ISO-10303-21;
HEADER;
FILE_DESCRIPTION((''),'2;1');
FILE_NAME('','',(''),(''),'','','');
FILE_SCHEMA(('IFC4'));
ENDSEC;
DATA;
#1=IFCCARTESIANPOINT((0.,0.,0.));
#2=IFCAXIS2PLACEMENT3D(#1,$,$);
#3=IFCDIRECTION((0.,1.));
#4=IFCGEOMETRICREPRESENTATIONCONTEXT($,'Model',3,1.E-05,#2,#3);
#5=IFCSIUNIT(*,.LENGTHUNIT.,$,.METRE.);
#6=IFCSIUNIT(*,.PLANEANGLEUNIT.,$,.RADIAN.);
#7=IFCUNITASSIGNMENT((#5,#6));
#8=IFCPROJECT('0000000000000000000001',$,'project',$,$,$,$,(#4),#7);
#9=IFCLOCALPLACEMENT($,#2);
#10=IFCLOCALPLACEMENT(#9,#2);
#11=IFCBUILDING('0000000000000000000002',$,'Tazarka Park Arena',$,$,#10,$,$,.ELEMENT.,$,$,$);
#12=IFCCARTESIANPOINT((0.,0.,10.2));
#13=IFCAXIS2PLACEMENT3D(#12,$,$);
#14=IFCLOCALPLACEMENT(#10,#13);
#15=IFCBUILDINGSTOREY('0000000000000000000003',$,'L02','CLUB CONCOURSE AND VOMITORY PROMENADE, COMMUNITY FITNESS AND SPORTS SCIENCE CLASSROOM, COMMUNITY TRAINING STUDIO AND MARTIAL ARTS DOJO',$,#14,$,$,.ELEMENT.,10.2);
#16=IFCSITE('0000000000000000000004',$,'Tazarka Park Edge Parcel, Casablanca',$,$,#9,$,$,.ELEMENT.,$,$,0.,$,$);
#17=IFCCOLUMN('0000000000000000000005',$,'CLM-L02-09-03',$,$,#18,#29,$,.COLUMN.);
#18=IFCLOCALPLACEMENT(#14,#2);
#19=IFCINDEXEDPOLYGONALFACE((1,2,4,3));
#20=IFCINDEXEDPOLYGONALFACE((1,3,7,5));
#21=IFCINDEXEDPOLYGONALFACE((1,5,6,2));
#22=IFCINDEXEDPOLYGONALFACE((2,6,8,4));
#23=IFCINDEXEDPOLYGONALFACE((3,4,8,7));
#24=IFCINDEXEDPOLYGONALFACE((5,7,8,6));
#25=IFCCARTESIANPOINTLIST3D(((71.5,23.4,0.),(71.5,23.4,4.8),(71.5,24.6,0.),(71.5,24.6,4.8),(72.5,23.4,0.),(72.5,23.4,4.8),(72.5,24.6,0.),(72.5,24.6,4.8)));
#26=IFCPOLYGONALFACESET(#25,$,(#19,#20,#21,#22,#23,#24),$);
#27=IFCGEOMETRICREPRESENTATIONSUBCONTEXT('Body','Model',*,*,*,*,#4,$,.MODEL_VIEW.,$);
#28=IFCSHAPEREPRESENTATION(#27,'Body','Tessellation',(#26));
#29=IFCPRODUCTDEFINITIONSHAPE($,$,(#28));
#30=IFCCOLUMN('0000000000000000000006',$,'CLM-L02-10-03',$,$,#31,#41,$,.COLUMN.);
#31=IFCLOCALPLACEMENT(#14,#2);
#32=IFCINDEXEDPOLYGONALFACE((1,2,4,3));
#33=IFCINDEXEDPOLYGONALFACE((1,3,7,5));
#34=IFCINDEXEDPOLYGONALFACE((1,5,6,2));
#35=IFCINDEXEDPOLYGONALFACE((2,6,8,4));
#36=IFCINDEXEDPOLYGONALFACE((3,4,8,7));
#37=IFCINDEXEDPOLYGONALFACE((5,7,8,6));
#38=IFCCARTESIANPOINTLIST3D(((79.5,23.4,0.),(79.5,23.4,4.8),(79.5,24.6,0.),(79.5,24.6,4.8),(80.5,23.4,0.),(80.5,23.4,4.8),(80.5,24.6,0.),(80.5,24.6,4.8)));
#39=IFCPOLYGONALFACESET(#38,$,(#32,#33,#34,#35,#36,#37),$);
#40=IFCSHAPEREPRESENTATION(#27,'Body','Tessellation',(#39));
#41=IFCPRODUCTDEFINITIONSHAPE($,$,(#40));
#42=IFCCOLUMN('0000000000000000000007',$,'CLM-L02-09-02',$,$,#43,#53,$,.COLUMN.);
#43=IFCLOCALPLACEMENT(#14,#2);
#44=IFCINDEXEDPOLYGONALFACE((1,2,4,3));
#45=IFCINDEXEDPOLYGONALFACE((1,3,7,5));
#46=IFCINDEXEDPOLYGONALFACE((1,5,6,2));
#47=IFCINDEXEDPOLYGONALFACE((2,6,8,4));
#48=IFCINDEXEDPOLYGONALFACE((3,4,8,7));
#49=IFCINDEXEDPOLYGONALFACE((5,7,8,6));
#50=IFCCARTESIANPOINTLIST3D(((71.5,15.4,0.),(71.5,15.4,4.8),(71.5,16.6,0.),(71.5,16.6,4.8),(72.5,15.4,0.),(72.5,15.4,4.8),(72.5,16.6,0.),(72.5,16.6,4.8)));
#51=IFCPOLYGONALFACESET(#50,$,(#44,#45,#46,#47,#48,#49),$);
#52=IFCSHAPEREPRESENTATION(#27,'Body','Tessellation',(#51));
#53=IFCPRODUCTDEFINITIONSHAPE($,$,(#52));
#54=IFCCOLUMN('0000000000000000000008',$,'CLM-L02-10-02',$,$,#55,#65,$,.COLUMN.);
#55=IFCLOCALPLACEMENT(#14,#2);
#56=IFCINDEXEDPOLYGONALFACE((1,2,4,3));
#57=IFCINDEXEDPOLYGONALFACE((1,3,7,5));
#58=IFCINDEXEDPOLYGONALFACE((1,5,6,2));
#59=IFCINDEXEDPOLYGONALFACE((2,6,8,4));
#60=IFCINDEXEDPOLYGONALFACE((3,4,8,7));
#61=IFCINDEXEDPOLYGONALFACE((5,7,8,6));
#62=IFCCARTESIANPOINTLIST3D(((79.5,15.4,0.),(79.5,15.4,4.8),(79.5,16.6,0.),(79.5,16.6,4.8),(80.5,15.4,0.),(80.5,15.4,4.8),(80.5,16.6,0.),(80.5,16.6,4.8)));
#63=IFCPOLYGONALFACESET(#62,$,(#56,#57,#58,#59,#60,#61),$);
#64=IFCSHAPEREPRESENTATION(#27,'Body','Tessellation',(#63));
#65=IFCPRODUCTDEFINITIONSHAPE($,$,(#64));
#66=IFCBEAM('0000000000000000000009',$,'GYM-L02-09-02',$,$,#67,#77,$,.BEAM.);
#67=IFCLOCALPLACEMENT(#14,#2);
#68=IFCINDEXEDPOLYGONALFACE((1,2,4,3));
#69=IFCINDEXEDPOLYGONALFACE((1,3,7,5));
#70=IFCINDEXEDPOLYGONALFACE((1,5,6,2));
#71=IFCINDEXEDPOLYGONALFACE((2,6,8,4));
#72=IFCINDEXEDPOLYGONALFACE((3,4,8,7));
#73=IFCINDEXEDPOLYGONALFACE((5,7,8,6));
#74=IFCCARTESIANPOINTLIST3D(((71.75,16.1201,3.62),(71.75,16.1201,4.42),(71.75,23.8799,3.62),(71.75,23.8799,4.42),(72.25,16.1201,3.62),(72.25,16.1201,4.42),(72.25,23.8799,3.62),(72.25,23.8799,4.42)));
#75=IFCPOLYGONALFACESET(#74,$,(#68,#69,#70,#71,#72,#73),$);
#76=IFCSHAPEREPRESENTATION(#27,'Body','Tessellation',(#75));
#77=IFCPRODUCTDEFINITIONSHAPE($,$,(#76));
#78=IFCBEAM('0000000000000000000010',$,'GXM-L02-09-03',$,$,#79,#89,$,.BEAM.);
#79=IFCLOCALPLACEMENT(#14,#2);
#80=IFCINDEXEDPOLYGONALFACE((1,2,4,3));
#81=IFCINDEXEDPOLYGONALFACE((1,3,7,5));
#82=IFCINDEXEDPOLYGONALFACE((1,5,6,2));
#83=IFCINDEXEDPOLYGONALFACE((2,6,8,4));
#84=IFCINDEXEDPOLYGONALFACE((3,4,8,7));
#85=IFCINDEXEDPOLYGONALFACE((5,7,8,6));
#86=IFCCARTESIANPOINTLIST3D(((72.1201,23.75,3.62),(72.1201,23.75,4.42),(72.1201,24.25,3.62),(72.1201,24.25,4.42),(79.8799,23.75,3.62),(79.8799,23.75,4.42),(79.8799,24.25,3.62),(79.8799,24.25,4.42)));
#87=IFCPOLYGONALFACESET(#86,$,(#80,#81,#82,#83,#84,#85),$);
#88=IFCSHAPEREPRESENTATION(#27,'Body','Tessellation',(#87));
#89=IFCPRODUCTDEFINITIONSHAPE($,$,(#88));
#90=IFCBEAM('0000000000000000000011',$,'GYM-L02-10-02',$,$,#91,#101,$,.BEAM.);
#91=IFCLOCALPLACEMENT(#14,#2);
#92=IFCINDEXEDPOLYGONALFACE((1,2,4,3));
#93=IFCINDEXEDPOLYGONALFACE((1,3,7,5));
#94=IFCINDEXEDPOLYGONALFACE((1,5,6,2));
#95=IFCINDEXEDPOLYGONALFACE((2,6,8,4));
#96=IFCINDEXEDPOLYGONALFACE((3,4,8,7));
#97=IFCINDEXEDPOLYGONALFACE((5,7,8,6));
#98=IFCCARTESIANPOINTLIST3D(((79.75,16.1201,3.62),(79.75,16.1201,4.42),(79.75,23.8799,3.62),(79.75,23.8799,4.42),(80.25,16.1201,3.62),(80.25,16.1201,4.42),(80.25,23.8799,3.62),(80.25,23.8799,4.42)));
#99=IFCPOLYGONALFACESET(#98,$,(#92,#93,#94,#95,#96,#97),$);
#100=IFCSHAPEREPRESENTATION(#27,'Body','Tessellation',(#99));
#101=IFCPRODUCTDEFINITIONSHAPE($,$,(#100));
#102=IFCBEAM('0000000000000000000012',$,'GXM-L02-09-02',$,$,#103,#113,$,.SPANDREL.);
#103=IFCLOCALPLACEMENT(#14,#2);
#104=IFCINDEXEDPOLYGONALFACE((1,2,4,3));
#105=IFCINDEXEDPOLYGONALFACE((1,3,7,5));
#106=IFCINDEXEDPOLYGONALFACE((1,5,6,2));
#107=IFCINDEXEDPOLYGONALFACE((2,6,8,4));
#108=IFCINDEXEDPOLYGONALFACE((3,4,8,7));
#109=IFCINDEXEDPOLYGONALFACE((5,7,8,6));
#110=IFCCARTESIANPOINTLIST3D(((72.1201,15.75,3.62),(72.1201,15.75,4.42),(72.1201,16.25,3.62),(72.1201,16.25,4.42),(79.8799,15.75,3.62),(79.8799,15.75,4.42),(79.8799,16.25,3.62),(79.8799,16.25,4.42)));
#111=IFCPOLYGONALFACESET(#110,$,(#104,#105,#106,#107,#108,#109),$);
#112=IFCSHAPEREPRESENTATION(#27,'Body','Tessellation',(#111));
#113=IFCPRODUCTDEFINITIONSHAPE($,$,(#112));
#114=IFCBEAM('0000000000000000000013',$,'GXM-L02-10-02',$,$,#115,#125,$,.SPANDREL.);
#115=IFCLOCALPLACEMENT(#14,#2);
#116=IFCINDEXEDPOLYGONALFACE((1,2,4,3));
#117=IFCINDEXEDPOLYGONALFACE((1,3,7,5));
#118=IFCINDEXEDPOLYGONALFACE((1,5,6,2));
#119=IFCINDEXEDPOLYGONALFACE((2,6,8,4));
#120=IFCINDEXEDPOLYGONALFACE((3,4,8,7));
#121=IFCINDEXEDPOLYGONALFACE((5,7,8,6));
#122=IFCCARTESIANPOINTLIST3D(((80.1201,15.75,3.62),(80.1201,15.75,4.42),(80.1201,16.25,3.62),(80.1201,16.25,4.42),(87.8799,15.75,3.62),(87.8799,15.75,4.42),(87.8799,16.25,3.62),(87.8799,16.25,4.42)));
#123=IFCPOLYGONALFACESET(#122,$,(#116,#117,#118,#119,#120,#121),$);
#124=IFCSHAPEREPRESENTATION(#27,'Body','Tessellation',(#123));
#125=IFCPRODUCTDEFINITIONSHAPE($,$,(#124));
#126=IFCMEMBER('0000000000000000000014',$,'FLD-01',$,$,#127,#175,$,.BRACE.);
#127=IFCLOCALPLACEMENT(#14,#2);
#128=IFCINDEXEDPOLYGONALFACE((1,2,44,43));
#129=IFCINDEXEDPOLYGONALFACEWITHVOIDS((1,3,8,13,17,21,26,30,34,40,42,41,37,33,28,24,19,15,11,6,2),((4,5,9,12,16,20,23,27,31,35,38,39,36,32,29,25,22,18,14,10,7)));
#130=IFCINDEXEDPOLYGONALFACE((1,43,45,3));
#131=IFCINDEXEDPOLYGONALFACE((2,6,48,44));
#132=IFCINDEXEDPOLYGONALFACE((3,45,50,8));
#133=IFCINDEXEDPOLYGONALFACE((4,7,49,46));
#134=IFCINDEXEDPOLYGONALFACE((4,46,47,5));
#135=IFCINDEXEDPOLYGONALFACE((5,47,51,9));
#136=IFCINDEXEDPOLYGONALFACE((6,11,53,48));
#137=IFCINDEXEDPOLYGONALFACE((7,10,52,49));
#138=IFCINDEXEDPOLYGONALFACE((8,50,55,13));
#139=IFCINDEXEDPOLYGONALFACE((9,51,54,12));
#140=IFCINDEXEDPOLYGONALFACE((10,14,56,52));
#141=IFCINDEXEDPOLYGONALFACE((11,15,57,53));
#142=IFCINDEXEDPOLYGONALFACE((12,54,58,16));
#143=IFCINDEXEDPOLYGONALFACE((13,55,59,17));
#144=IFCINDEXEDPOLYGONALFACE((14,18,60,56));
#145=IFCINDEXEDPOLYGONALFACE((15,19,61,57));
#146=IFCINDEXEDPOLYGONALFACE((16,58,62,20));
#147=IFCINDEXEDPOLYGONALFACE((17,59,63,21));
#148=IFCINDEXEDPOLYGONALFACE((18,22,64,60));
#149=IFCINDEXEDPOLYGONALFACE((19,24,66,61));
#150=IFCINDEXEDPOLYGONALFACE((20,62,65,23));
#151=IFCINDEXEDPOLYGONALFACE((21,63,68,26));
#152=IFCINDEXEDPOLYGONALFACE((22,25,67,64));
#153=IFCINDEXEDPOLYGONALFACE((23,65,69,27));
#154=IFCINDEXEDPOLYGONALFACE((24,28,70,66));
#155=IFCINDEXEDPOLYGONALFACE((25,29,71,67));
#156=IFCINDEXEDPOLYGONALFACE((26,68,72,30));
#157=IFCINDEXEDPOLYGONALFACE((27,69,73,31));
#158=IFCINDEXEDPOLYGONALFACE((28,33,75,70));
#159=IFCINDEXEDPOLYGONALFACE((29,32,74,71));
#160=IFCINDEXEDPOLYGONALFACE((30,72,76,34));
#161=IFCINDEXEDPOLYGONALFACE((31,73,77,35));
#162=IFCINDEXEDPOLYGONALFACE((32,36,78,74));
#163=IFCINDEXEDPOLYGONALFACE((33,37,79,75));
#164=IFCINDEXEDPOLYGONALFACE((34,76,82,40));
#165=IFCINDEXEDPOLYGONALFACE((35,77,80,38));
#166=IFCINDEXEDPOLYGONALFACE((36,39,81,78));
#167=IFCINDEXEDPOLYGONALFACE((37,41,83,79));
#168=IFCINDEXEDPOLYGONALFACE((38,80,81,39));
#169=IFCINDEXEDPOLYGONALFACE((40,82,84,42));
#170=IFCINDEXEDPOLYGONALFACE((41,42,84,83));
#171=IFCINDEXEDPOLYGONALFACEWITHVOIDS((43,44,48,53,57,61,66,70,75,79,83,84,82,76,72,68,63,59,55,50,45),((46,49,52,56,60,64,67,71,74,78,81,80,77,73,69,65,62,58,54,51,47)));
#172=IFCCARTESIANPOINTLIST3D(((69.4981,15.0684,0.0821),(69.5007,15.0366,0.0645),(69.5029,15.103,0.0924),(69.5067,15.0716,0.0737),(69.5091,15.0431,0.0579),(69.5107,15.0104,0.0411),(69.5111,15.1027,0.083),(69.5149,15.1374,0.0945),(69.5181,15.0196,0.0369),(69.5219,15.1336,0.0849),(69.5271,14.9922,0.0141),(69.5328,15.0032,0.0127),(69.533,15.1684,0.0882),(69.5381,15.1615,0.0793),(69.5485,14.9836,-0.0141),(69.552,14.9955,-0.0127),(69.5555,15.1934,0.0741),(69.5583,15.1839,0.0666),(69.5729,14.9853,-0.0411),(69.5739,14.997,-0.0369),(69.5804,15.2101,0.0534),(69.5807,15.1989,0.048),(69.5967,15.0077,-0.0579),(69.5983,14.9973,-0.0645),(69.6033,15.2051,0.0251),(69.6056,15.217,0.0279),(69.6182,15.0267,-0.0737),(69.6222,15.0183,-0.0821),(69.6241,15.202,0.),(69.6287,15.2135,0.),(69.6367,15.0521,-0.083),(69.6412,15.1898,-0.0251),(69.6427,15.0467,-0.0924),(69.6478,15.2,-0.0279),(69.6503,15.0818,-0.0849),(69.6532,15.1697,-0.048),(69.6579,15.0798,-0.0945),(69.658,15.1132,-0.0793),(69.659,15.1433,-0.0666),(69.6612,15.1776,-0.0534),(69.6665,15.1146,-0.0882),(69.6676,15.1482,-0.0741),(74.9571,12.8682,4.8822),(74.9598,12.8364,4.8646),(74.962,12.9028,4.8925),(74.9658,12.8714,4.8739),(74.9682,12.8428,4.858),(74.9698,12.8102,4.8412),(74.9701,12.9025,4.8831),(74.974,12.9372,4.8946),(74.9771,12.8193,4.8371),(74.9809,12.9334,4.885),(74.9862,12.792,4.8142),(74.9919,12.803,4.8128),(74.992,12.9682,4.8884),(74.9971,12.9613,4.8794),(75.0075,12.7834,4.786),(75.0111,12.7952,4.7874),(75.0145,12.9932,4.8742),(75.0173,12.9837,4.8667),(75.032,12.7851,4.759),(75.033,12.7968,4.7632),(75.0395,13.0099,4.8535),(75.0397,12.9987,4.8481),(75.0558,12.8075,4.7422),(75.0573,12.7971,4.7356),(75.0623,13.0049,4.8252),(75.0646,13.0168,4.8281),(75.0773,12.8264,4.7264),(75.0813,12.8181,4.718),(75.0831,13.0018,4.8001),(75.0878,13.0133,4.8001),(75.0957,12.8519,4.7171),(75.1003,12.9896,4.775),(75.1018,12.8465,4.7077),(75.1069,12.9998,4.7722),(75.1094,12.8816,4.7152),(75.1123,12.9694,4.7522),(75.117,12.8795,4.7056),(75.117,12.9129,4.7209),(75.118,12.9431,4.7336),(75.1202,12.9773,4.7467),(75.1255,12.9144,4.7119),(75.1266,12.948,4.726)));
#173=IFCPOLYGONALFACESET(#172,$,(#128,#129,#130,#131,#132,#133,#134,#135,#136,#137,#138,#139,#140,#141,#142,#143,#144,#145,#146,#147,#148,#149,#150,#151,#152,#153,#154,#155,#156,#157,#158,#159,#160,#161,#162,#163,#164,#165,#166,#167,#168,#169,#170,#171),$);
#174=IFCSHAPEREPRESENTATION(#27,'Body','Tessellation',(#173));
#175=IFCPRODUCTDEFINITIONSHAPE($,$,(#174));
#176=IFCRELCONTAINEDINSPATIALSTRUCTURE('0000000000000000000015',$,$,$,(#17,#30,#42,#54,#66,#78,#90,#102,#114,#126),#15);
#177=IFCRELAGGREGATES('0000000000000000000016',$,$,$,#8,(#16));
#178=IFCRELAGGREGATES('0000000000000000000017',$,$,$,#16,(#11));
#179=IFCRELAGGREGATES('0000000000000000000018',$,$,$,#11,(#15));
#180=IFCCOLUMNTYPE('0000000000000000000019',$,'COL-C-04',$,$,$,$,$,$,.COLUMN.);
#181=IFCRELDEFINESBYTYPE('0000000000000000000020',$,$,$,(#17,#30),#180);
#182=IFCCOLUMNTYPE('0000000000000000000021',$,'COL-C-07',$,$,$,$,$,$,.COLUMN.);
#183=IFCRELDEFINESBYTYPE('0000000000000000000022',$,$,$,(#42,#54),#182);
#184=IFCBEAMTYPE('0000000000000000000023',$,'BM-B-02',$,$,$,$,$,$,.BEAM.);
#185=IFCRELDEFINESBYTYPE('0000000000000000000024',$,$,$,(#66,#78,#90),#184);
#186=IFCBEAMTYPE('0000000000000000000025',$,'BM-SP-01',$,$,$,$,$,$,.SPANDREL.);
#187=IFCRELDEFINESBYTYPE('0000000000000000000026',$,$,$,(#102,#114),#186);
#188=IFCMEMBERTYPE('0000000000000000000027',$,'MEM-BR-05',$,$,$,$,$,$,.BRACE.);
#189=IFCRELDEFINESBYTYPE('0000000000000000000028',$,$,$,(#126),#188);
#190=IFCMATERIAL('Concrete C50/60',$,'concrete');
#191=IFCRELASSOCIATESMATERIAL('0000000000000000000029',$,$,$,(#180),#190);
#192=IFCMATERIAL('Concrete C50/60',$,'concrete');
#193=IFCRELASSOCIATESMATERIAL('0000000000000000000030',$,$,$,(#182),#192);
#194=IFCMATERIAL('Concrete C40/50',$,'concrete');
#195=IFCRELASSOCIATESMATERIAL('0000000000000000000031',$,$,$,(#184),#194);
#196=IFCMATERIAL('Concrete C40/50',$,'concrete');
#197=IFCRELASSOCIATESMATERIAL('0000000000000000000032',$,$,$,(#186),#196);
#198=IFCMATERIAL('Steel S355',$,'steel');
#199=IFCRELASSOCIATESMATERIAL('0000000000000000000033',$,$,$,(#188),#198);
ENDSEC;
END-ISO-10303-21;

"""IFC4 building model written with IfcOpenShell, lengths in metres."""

from ifc_helpers import new_model, si_unit, direction, frame, origin, origin_2d, place, context, subcontext, project, spatial, rectangle, hollow_circle, extrude, material, material_profile, profile_set, type_object, element, save


model = new_model("IFC4")

# Units and contexts
model_context = context("Model", 3, precision=1e-05, world=origin(), true_north=direction((0.0, 1.0)))
body_context = subcontext(model_context, "Body", "Model", "MODEL_VIEW")
ifc_project = project(units=[si_unit("LENGTHUNIT", "METRE"), si_unit("PLANEANGLEUNIT", "RADIAN")], contexts=[model_context])

# Site, building, storey
site_placement = place(None, origin())
site = spatial("IfcSite", under=ifc_project, at=site_placement, Name="Tazarka Park Edge Parcel, Casablanca", CompositionType="ELEMENT", RefElevation=0.0)
building_placement = place(site_placement, origin())
building = spatial("IfcBuilding", under=site, at=building_placement, Name="Tazarka Park Arena", CompositionType="ELEMENT")
storey_placement = place(building_placement, frame((0.0, 0.0, 10.2)))
storey = spatial("IfcBuildingStorey", under=building, at=storey_placement, Name="L02", Description="CLUB CONCOURSE AND VOMITORY PROMENADE, COMMUNITY FITNESS AND SPORTS SCIENCE CLASSROOM, COMMUNITY TRAINING STUDIO AND MARTIAL ARTS DOJO", CompositionType="ELEMENT", Elevation=10.2)

# Columns
ifc_material_1 = material(Name="Concrete C50/60", Category="concrete")
ifc_material_profile_1 = material_profile(ifc_material_1, rectangle(XDim=1.0, YDim=1.2, at=origin_2d()), Name="Concrete C50/60")
ifc_profile_set_1 = profile_set([ifc_material_profile_1], Name="Concrete C50/60")
column_type_1 = type_object("IfcColumnType", Name="COL-C-04", PredefinedType="COLUMN", material=ifc_profile_set_1)
for number, where, z_axis, x_axis, name in (
    (1, (72.0, 24.0, 0.0), (0.0, 0.0, 1.0), (1.0, 0.0, 0.0), "CLM-L02-09-03"),
    (2, (80.0, 24.0, 0.0), (0.0, 0.0, 1.0), (1.0, 0.0, 0.0), "CLM-L02-10-03"),
):
    element("IfcColumn", number, at=place(storey_placement, frame(where, z_axis=z_axis, x_axis=x_axis)), inside=storey, type_object=column_type_1, Name=name, PredefinedType="COLUMN", context=body_context, shape_type="SweptSolid", body=[
        extrude(rectangle(XDim=1.0, YDim=1.2, at=origin_2d()), origin(), (0.0, 0.0, 1.0), 4.8),
    ])
ifc_material_2 = material(Name="Concrete C50/60", Category="concrete")
ifc_material_profile_2 = material_profile(ifc_material_2, rectangle(XDim=1.0, YDim=1.2, at=origin_2d()), Name="Concrete C50/60")
ifc_profile_set_2 = profile_set([ifc_material_profile_2], Name="Concrete C50/60")
column_type_2 = type_object("IfcColumnType", Name="COL-C-07", PredefinedType="COLUMN", material=ifc_profile_set_2)
for number, where, z_axis, x_axis, name in (
    (3, (72.0, 16.0, 0.0), (0.0, 0.0, 1.0), (1.0, 0.0, 0.0), "CLM-L02-09-02"),
    (4, (80.0, 16.0, 0.0), (0.0, 0.0, 1.0), (1.0, 0.0, 0.0), "CLM-L02-10-02"),
):
    element("IfcColumn", number, at=place(storey_placement, frame(where, z_axis=z_axis, x_axis=x_axis)), inside=storey, type_object=column_type_2, Name=name, PredefinedType="COLUMN", context=body_context, shape_type="SweptSolid", body=[
        extrude(rectangle(XDim=1.0, YDim=1.2, at=origin_2d()), origin(), (0.0, 0.0, 1.0), 4.8),
    ])

# Beams
ifc_material_3 = material(Name="Concrete C40/50", Category="concrete")
ifc_material_profile_3 = material_profile(ifc_material_3, rectangle(XDim=0.5, YDim=0.8, at=origin_2d()), Name="Concrete C40/50")
ifc_profile_set_3 = profile_set([ifc_material_profile_3], Name="Concrete C40/50")
beam_type_1 = type_object("IfcBeamType", Name="BM-B-02", PredefinedType="BEAM", material=ifc_profile_set_3)
for number, where, z_axis, x_axis, name in (
    (5, (72.0, 16.1201, 4.02), (0.0, 1.0, 0.0), (-1.0, 0.0, 0.0), "GYM-L02-09-02"),
    (6, (72.1201, 24.0, 4.02), (1.0, 0.0, 0.0), (0.0, 1.0, 0.0), "GXM-L02-09-03"),
    (7, (80.0, 16.1201, 4.02), (0.0, 1.0, 0.0), (-1.0, 0.0, 0.0), "GYM-L02-10-02"),
):
    element("IfcBeam", number, at=place(storey_placement, frame(where, z_axis=z_axis, x_axis=x_axis)), inside=storey, type_object=beam_type_1, Name=name, PredefinedType="BEAM", context=body_context, shape_type="SweptSolid", body=[
        extrude(rectangle(XDim=0.5, YDim=0.8, at=origin_2d()), origin(), (0.0, 0.0, 1.0), 7.7598),
    ])
ifc_material_4 = material(Name="Concrete C40/50", Category="concrete")
ifc_material_profile_4 = material_profile(ifc_material_4, rectangle(XDim=0.5, YDim=0.8, at=origin_2d()), Name="Concrete C40/50")
ifc_profile_set_4 = profile_set([ifc_material_profile_4], Name="Concrete C40/50")
beam_type_2 = type_object("IfcBeamType", Name="BM-SP-01", PredefinedType="SPANDREL", material=ifc_profile_set_4)
for number, where, z_axis, x_axis, name in (
    (8, (72.1201, 16.0, 4.02), (1.0, 0.0, 0.0), (0.0, 1.0, 0.0), "GXM-L02-09-02"),
    (9, (80.1201, 16.0, 4.02), (1.0, 0.0, 0.0), (0.0, 1.0, 0.0), "GXM-L02-10-02"),
):
    element("IfcBeam", number, at=place(storey_placement, frame(where, z_axis=z_axis, x_axis=x_axis)), inside=storey, type_object=beam_type_2, Name=name, PredefinedType="SPANDREL", context=body_context, shape_type="SweptSolid", body=[
        extrude(rectangle(XDim=0.5, YDim=0.8, at=origin_2d()), origin(), (0.0, 0.0, 1.0), 7.7598),
    ])

# Member
ifc_material_5 = material(Name="Steel S355", Category="steel")
ifc_material_profile_5 = material_profile(ifc_material_5, hollow_circle(Radius=0.1223, WallThickness=0.0125, at=origin_2d()), Name="Steel S355")
ifc_profile_set_5 = profile_set([ifc_material_profile_5], Name="Steel S355")
member_type_1 = type_object("IfcMemberType", Name="MEM-BR-05", PredefinedType="BRACE", material=ifc_profile_set_5)
member_1_placement = place(storey_placement, frame((69.583, 15.1001, 0.0), z_axis=(0.718774, -0.289695, 0.632013), x_axis=(0.373821, 0.927501, 0.0)))
element("IfcMember", 10, at=member_1_placement, inside=storey, type_object=member_type_1, Name="FLD-01", PredefinedType="BRACE", context=body_context, shape_type="SweptSolid", body=[
    extrude(hollow_circle(Radius=0.1223, WallThickness=0.0125, at=origin_2d()), origin(), (0.0, 0.0, 1.0), 7.595),
])

save(model, "model.ifc")
